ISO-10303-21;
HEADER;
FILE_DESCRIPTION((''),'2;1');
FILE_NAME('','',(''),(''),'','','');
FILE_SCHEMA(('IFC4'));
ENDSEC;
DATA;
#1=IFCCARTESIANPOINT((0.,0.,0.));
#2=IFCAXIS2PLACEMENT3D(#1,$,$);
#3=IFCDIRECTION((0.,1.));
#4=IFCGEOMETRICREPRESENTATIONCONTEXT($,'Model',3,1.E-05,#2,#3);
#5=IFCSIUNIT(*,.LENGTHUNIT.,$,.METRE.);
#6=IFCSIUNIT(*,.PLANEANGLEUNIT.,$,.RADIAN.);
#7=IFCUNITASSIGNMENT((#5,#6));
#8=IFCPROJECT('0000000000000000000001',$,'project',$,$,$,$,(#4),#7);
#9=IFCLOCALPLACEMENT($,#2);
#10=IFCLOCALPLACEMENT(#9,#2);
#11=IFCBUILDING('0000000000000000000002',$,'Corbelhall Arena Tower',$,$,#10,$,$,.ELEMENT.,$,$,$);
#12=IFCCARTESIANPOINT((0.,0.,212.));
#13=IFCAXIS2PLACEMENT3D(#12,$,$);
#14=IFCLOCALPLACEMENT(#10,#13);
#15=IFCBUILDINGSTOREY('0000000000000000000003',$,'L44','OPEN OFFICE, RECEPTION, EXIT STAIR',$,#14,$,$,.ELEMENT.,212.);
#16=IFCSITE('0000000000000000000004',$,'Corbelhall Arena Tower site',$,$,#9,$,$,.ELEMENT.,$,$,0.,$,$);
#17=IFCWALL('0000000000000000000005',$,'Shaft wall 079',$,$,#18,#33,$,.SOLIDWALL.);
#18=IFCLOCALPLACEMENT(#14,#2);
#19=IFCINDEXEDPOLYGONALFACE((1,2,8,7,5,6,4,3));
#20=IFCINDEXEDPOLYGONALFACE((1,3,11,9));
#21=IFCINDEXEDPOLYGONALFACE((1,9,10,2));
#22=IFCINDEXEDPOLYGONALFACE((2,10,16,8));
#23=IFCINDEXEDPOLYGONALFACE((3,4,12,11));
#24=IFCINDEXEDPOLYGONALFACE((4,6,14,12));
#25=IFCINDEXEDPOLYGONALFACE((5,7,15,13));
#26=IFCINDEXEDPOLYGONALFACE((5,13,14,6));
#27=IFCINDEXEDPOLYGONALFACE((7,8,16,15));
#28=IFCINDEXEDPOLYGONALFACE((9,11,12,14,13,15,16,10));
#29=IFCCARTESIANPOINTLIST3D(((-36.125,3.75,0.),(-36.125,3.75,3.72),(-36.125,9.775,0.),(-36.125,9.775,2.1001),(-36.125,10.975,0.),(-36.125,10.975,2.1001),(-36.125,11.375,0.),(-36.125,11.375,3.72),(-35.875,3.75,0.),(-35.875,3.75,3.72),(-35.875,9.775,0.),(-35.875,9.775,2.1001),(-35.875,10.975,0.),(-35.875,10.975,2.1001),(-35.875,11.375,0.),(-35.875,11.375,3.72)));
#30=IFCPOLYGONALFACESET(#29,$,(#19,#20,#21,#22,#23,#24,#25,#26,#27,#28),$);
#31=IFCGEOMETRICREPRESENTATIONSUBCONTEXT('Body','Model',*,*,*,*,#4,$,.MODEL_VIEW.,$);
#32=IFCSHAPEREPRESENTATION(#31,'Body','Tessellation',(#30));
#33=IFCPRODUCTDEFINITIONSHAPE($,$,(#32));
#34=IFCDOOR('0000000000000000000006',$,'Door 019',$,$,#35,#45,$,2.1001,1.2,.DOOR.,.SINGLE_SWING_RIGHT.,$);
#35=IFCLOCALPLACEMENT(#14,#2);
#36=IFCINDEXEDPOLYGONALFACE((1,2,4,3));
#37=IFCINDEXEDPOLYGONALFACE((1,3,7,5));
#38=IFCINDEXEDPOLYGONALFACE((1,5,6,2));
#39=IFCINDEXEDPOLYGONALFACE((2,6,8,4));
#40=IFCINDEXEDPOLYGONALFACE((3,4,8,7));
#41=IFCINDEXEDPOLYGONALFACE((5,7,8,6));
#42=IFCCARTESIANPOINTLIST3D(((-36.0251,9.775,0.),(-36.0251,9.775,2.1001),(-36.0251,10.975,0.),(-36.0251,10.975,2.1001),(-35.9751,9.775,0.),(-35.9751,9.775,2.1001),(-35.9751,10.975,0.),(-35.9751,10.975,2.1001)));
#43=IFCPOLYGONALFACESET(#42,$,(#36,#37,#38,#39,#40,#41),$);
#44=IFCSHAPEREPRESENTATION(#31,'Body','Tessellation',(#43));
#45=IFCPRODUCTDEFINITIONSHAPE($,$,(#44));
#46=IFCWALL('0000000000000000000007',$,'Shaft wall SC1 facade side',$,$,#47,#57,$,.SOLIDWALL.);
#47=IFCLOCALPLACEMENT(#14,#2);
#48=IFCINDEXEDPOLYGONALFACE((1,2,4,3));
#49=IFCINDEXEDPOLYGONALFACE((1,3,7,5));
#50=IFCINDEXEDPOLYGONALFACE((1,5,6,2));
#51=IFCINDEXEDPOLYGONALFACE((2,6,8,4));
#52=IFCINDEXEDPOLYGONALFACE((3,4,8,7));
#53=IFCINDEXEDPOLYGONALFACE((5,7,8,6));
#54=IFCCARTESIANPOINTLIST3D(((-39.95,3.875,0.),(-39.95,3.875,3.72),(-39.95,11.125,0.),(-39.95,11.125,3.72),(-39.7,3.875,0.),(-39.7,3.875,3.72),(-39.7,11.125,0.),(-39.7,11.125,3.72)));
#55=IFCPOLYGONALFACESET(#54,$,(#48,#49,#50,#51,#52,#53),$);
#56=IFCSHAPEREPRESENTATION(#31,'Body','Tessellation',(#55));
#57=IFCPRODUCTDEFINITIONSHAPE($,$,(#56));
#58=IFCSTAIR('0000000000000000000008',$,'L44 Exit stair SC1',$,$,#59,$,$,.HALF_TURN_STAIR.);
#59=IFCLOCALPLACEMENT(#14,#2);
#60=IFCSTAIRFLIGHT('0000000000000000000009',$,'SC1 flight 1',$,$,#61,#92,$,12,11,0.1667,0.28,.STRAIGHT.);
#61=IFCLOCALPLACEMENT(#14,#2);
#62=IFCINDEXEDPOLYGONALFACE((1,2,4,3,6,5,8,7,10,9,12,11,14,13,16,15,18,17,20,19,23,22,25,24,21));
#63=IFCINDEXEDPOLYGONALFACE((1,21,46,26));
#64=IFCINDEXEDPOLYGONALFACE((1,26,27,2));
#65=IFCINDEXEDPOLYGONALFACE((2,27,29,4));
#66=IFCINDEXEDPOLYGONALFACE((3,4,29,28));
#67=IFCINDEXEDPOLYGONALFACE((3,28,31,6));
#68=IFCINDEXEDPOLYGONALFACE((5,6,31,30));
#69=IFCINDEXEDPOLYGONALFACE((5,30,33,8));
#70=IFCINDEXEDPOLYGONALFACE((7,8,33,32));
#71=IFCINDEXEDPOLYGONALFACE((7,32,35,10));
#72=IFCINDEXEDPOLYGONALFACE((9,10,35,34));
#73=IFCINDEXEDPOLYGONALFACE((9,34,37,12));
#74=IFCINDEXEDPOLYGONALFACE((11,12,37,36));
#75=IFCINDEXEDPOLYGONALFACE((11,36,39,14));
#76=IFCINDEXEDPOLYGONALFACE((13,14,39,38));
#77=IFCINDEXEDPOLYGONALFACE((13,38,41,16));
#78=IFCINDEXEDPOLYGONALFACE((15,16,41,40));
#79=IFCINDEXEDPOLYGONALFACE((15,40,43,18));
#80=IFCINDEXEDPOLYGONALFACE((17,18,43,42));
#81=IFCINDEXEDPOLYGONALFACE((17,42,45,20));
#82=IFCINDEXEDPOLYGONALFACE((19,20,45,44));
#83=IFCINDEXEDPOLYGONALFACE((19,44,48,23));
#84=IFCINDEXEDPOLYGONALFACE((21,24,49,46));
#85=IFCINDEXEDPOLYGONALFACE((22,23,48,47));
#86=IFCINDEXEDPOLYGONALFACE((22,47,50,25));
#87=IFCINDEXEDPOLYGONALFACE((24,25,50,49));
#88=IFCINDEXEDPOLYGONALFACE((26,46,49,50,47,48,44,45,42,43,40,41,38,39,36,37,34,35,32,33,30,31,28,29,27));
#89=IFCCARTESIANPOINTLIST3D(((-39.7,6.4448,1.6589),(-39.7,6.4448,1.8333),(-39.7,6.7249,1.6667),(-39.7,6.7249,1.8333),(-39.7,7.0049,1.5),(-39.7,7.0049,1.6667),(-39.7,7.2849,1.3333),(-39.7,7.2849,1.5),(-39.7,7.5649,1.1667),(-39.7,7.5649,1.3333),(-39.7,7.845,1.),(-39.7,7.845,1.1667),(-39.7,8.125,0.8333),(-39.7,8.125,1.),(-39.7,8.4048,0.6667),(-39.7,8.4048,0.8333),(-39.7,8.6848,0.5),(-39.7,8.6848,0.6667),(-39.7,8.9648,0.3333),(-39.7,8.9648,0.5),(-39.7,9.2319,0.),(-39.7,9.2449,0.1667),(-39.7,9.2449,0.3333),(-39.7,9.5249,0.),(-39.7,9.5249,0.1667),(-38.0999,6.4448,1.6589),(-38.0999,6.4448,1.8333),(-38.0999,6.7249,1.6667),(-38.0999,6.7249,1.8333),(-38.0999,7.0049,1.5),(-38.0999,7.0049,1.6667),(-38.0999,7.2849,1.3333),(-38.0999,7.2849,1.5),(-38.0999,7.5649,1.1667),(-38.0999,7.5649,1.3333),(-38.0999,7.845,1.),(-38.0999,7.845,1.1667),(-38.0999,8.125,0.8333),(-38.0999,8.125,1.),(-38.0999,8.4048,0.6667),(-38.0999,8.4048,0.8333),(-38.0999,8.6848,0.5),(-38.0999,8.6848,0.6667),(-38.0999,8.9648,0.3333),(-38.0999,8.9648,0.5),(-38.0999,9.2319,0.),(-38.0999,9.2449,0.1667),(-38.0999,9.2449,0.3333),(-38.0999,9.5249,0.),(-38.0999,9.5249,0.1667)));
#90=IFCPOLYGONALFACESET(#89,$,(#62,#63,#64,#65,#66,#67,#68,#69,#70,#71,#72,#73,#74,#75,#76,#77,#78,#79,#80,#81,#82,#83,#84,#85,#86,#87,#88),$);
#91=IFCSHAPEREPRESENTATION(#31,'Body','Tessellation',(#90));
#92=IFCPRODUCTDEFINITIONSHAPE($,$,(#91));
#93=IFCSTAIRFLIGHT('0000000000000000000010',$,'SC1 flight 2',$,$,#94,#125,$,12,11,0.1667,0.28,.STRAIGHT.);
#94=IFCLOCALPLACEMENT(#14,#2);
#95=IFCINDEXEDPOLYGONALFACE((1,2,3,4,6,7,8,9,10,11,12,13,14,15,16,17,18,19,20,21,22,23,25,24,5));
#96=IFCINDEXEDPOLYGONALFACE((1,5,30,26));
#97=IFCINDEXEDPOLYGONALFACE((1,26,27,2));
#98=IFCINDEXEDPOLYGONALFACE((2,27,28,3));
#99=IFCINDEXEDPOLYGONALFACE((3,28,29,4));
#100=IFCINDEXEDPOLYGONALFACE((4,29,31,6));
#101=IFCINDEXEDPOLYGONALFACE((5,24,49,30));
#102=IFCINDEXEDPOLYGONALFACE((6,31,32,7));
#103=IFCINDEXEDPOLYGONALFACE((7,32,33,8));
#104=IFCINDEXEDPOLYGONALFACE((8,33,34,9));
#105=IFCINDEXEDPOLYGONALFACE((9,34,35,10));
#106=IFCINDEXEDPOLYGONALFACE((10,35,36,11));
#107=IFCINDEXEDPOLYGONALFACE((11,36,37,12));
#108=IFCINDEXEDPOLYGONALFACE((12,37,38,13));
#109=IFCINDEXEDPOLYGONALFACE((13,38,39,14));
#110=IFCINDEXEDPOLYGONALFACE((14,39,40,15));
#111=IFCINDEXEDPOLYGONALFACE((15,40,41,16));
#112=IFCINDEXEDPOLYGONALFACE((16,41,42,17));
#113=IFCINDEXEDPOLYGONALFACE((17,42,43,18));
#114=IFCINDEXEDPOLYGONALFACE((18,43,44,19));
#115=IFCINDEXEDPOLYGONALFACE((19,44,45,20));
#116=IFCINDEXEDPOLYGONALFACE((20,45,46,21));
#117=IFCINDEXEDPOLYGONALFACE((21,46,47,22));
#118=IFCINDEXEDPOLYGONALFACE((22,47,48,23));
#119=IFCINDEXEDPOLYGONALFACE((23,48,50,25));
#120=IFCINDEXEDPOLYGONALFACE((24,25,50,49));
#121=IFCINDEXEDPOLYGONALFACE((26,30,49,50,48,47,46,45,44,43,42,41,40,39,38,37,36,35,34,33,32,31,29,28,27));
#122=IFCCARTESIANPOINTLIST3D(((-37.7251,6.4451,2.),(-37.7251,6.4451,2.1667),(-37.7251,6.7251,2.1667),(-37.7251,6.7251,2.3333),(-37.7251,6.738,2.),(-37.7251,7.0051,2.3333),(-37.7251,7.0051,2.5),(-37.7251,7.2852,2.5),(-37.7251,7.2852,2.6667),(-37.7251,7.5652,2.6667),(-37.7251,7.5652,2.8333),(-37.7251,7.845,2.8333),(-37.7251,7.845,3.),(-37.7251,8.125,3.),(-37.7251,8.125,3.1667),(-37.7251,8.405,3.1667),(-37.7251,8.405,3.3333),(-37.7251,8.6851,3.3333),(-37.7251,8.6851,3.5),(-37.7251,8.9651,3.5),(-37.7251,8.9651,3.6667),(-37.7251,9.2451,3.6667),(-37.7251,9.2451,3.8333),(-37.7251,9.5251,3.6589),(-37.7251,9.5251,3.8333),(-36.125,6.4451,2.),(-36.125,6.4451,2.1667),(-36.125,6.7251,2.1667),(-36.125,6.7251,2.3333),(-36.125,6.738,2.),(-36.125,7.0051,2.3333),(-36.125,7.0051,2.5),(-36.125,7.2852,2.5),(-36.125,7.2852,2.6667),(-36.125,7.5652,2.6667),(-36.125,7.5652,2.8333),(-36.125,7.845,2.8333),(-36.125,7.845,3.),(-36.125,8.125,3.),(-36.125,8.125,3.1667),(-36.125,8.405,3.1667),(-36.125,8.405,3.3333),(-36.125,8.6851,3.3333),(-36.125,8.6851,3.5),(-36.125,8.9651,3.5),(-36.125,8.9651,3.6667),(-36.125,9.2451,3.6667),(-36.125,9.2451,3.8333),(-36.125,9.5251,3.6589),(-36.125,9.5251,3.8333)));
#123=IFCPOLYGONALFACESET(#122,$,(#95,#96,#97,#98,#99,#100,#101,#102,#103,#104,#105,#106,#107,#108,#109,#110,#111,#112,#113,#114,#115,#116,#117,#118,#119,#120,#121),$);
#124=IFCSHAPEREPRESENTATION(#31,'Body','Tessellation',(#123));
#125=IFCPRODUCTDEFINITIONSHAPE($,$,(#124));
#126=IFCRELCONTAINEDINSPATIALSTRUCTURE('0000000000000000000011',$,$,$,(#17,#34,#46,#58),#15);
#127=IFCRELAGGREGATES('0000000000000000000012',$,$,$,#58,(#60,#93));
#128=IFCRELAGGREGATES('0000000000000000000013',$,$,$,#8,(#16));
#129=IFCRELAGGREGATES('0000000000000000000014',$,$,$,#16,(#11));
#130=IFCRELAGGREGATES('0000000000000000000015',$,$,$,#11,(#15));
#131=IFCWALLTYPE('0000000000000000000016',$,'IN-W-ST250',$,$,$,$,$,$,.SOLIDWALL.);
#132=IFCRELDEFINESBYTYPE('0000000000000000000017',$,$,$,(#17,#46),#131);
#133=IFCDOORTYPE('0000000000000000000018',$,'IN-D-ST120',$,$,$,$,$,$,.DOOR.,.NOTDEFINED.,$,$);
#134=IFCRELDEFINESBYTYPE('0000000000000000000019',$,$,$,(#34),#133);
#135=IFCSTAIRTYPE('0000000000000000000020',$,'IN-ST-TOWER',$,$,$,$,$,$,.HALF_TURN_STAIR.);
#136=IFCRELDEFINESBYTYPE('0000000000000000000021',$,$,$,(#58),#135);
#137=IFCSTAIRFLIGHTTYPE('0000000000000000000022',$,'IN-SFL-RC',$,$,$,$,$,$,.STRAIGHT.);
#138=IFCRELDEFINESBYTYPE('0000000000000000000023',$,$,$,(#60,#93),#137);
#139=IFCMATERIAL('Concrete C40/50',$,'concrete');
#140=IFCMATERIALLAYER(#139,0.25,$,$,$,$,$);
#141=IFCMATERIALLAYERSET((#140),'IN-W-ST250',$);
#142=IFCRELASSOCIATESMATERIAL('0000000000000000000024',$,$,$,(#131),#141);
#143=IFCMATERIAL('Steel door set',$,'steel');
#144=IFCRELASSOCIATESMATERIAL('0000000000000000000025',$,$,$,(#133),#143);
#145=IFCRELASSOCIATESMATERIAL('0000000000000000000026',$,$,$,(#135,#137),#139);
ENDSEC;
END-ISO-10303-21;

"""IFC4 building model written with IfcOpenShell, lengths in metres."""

from ifc_helpers import new_model, si_unit, direction, frame, frame_2d, origin, place, context, subcontext, project, spatial, polyline, rectangle, outline, extrude, material, layer, layer_set, type_object, element, fill, aggregate, save


model = new_model("IFC4")

# Units and contexts
model_context = context("Model", 3, precision=1e-05, world=origin(), true_north=direction((0.0, 1.0)))
body_context = subcontext(model_context, "Body", "Model", "MODEL_VIEW")
ifc_project = project(units=[si_unit("LENGTHUNIT", "METRE"), si_unit("PLANEANGLEUNIT", "RADIAN")], contexts=[model_context])

# Site, building, storey
site_placement = place(None, origin())
site = spatial("IfcSite", under=ifc_project, at=site_placement, Name="Corbelhall Arena Tower site", CompositionType="ELEMENT", RefElevation=0.0)
building_placement = place(site_placement, origin())
building = spatial("IfcBuilding", under=site, at=building_placement, Name="Corbelhall Arena Tower", CompositionType="ELEMENT")
storey_placement = place(building_placement, frame((0.0, 0.0, 212.0)))
storey = spatial("IfcBuildingStorey", under=building, at=storey_placement, Name="L44", Description="OPEN OFFICE, RECEPTION, EXIT STAIR", CompositionType="ELEMENT", Elevation=212.0)

# Shared definitions
ifc_material_1 = material(Name="Steel door set", Category="steel")

# Shared definitions
ifc_material_2 = material(Name="Concrete C40/50", Category="concrete")
ifc_layer_1 = layer(ifc_material_2, 0.25)
ifc_layer_set_1 = layer_set([ifc_layer_1], Name="IN-W-ST250")
wall_type_1 = type_object("IfcWallType", Name="IN-W-ST250", PredefinedType="SOLIDWALL", material=ifc_layer_set_1)

# Wall, opening, door
wall_1_placement = place(storey_placement, frame((-36.0, 11.375, 0.0), z_axis=(0.0, 0.0, 1.0), x_axis=(0.0, -1.0, 0.0)))
wall_1 = element("IfcWall", 1, at=wall_1_placement, inside=storey, type_object=wall_type_1, Name="Shaft wall 079", PredefinedType="SOLIDWALL", context=body_context, shape_type="SweptSolid", body=[
    extrude(rectangle(XDim=7.625, YDim=0.25, at=frame_2d((3.8125, 0.0))), origin(), (0.0, 0.0, 1.0), 3.72),
])
opening_1_placement = place(wall_1_placement, frame((0.3999, 0.0, 0.0)))
opening_1 = element("IfcOpeningElement", 2, at=opening_1_placement, cuts=wall_1, PredefinedType="OPENING", context=body_context, shape_type="SweptSolid", body=[
    extrude(rectangle(XDim=1.2, YDim=2.1001, at=frame_2d((0.6001, 1.05))), frame((0.0, 0.125, 0.0), z_axis=(0.0, -1.0, 0.0), x_axis=(1.0, 0.0, 0.0)), (0.0, 0.0, 1.0), 0.25),
])
door_type_1 = type_object("IfcDoorType", Name="IN-D-ST120", OperationType="NOTDEFINED", PredefinedType="DOOR", material=ifc_material_1)
door_1_placement = place(opening_1_placement, origin())
door_1 = element("IfcDoor", 3, at=door_1_placement, inside=storey, type_object=door_type_1, Name="Door 019", OperationType="SINGLE_SWING_RIGHT", OverallHeight=2.1001, OverallWidth=1.2, PredefinedType="DOOR", context=body_context, shape_type="SweptSolid", body=[
    extrude(rectangle(XDim=1.2, YDim=2.1001, at=frame_2d((0.6001, 1.05))), frame((0.0, 0.0249, 0.0), z_axis=(0.0, -1.0, 0.0), x_axis=(1.0, 0.0, 0.0)), (0.0, 0.0, 1.0), 0.05),
])
fill(opening_1, door_1)

# Wall
wall_2_placement = place(storey_placement, frame((-39.825, 3.875, 0.0), z_axis=(0.0, 0.0, 1.0), x_axis=(0.0, 1.0, 0.0)))
element("IfcWall", 4, at=wall_2_placement, inside=storey, type_object=wall_type_1, Name="Shaft wall SC1 facade side", PredefinedType="SOLIDWALL", context=body_context, shape_type="SweptSolid", body=[
    extrude(rectangle(XDim=7.25, YDim=0.25, at=frame_2d((3.625, 0.0))), origin(), (0.0, 0.0, 1.0), 3.72),
])

# Stair, stair flights
stair_type = type_object("IfcStairType", Name="IN-ST-TOWER", PredefinedType="HALF_TURN_STAIR", material=ifc_material_2)
stair_placement = place(storey_placement, origin())
stair = element("IfcStair", 5, at=stair_placement, inside=storey, type_object=stair_type, Name="L44 Exit stair SC1", PredefinedType="HALF_TURN_STAIR")
stair_flight_type = type_object("IfcStairFlightType", Name="IN-SFL-RC", PredefinedType="STRAIGHT", material=ifc_material_2)
stair_flight_1_placement = place(storey_placement, frame((-38.8999, 9.5249, 0.0), z_axis=(0.0, 0.0, 1.0), x_axis=(0.0, -1.0, 0.0)))
stair_flight_1 = element("IfcStairFlight", 6, at=stair_flight_1_placement, type_object=stair_flight_type, Name="SC1 flight 1", NumberOfRisers=12, NumberOfTreads=11, PredefinedType="STRAIGHT", RiserHeight=0.1667, TreadLength=0.28, context=body_context, shape_type="SweptSolid", body=[
    extrude(outline(polyline([(0.0, 0.0), (0.0, 0.1667), (0.28, 0.1667), (0.28, 0.3333), (0.5601, 0.3333), (0.5601, 0.5), (0.8401, 0.5), (0.8401, 0.6667), (1.1201, 0.6667), (1.1201, 0.8333), (1.3999, 0.8333), (1.3999, 1.0), (1.6799, 1.0), (1.6799, 1.1667), (1.96, 1.1667), (1.96, 1.3333), (2.24, 1.3333), (2.24, 1.5), (2.52, 1.5), (2.52, 1.6667), (2.8, 1.6667), (2.8, 1.8333), (3.0801, 1.8333), (3.0801, 2.0), (3.0801, 1.6589), (0.293, 0.0), (0.0, 0.0)])), frame((0.0, 0.8, 0.0), z_axis=(0.0, -1.0, 0.0), x_axis=(1.0, 0.0, 0.0)), (0.0, 0.0, 1.0), 1.6001),
])
stair_flight_2_placement = place(storey_placement, frame((-36.925, 6.4451, 2.0), z_axis=(0.0, 0.0, 1.0), x_axis=(0.0, 1.0, 0.0)))
stair_flight_2 = element("IfcStairFlight", 7, at=stair_flight_2_placement, type_object=stair_flight_type, Name="SC1 flight 2", NumberOfRisers=12, NumberOfTreads=11, PredefinedType="STRAIGHT", RiserHeight=0.1667, TreadLength=0.28, context=body_context, shape_type="SweptSolid", body=[
    extrude(outline(polyline([(0.0, 0.0), (0.0, 0.1667), (0.28, 0.1667), (0.28, 0.3333), (0.5601, 0.3333), (0.5601, 0.5), (0.8401, 0.5), (0.8401, 0.6667), (1.1201, 0.6667), (1.1201, 0.8333), (1.3999, 0.8333), (1.3999, 1.0), (1.6799, 1.0), (1.6799, 1.1667), (1.96, 1.1667), (1.96, 1.3333), (2.24, 1.3333), (2.24, 1.5), (2.52, 1.5), (2.52, 1.6667), (2.8, 1.6667), (2.8, 1.8333), (3.0801, 1.8333), (3.0801, 2.0), (3.0801, 1.6589), (0.293, 0.0), (0.0, 0.0)])), frame((0.0, 0.8, 0.0), z_axis=(0.0, -1.0, 0.0), x_axis=(1.0, 0.0, 0.0)), (0.0, 0.0, 1.0), 1.6001),
])
aggregate(stair, [stair_flight_1, stair_flight_2])

save(model, "model.ifc")
